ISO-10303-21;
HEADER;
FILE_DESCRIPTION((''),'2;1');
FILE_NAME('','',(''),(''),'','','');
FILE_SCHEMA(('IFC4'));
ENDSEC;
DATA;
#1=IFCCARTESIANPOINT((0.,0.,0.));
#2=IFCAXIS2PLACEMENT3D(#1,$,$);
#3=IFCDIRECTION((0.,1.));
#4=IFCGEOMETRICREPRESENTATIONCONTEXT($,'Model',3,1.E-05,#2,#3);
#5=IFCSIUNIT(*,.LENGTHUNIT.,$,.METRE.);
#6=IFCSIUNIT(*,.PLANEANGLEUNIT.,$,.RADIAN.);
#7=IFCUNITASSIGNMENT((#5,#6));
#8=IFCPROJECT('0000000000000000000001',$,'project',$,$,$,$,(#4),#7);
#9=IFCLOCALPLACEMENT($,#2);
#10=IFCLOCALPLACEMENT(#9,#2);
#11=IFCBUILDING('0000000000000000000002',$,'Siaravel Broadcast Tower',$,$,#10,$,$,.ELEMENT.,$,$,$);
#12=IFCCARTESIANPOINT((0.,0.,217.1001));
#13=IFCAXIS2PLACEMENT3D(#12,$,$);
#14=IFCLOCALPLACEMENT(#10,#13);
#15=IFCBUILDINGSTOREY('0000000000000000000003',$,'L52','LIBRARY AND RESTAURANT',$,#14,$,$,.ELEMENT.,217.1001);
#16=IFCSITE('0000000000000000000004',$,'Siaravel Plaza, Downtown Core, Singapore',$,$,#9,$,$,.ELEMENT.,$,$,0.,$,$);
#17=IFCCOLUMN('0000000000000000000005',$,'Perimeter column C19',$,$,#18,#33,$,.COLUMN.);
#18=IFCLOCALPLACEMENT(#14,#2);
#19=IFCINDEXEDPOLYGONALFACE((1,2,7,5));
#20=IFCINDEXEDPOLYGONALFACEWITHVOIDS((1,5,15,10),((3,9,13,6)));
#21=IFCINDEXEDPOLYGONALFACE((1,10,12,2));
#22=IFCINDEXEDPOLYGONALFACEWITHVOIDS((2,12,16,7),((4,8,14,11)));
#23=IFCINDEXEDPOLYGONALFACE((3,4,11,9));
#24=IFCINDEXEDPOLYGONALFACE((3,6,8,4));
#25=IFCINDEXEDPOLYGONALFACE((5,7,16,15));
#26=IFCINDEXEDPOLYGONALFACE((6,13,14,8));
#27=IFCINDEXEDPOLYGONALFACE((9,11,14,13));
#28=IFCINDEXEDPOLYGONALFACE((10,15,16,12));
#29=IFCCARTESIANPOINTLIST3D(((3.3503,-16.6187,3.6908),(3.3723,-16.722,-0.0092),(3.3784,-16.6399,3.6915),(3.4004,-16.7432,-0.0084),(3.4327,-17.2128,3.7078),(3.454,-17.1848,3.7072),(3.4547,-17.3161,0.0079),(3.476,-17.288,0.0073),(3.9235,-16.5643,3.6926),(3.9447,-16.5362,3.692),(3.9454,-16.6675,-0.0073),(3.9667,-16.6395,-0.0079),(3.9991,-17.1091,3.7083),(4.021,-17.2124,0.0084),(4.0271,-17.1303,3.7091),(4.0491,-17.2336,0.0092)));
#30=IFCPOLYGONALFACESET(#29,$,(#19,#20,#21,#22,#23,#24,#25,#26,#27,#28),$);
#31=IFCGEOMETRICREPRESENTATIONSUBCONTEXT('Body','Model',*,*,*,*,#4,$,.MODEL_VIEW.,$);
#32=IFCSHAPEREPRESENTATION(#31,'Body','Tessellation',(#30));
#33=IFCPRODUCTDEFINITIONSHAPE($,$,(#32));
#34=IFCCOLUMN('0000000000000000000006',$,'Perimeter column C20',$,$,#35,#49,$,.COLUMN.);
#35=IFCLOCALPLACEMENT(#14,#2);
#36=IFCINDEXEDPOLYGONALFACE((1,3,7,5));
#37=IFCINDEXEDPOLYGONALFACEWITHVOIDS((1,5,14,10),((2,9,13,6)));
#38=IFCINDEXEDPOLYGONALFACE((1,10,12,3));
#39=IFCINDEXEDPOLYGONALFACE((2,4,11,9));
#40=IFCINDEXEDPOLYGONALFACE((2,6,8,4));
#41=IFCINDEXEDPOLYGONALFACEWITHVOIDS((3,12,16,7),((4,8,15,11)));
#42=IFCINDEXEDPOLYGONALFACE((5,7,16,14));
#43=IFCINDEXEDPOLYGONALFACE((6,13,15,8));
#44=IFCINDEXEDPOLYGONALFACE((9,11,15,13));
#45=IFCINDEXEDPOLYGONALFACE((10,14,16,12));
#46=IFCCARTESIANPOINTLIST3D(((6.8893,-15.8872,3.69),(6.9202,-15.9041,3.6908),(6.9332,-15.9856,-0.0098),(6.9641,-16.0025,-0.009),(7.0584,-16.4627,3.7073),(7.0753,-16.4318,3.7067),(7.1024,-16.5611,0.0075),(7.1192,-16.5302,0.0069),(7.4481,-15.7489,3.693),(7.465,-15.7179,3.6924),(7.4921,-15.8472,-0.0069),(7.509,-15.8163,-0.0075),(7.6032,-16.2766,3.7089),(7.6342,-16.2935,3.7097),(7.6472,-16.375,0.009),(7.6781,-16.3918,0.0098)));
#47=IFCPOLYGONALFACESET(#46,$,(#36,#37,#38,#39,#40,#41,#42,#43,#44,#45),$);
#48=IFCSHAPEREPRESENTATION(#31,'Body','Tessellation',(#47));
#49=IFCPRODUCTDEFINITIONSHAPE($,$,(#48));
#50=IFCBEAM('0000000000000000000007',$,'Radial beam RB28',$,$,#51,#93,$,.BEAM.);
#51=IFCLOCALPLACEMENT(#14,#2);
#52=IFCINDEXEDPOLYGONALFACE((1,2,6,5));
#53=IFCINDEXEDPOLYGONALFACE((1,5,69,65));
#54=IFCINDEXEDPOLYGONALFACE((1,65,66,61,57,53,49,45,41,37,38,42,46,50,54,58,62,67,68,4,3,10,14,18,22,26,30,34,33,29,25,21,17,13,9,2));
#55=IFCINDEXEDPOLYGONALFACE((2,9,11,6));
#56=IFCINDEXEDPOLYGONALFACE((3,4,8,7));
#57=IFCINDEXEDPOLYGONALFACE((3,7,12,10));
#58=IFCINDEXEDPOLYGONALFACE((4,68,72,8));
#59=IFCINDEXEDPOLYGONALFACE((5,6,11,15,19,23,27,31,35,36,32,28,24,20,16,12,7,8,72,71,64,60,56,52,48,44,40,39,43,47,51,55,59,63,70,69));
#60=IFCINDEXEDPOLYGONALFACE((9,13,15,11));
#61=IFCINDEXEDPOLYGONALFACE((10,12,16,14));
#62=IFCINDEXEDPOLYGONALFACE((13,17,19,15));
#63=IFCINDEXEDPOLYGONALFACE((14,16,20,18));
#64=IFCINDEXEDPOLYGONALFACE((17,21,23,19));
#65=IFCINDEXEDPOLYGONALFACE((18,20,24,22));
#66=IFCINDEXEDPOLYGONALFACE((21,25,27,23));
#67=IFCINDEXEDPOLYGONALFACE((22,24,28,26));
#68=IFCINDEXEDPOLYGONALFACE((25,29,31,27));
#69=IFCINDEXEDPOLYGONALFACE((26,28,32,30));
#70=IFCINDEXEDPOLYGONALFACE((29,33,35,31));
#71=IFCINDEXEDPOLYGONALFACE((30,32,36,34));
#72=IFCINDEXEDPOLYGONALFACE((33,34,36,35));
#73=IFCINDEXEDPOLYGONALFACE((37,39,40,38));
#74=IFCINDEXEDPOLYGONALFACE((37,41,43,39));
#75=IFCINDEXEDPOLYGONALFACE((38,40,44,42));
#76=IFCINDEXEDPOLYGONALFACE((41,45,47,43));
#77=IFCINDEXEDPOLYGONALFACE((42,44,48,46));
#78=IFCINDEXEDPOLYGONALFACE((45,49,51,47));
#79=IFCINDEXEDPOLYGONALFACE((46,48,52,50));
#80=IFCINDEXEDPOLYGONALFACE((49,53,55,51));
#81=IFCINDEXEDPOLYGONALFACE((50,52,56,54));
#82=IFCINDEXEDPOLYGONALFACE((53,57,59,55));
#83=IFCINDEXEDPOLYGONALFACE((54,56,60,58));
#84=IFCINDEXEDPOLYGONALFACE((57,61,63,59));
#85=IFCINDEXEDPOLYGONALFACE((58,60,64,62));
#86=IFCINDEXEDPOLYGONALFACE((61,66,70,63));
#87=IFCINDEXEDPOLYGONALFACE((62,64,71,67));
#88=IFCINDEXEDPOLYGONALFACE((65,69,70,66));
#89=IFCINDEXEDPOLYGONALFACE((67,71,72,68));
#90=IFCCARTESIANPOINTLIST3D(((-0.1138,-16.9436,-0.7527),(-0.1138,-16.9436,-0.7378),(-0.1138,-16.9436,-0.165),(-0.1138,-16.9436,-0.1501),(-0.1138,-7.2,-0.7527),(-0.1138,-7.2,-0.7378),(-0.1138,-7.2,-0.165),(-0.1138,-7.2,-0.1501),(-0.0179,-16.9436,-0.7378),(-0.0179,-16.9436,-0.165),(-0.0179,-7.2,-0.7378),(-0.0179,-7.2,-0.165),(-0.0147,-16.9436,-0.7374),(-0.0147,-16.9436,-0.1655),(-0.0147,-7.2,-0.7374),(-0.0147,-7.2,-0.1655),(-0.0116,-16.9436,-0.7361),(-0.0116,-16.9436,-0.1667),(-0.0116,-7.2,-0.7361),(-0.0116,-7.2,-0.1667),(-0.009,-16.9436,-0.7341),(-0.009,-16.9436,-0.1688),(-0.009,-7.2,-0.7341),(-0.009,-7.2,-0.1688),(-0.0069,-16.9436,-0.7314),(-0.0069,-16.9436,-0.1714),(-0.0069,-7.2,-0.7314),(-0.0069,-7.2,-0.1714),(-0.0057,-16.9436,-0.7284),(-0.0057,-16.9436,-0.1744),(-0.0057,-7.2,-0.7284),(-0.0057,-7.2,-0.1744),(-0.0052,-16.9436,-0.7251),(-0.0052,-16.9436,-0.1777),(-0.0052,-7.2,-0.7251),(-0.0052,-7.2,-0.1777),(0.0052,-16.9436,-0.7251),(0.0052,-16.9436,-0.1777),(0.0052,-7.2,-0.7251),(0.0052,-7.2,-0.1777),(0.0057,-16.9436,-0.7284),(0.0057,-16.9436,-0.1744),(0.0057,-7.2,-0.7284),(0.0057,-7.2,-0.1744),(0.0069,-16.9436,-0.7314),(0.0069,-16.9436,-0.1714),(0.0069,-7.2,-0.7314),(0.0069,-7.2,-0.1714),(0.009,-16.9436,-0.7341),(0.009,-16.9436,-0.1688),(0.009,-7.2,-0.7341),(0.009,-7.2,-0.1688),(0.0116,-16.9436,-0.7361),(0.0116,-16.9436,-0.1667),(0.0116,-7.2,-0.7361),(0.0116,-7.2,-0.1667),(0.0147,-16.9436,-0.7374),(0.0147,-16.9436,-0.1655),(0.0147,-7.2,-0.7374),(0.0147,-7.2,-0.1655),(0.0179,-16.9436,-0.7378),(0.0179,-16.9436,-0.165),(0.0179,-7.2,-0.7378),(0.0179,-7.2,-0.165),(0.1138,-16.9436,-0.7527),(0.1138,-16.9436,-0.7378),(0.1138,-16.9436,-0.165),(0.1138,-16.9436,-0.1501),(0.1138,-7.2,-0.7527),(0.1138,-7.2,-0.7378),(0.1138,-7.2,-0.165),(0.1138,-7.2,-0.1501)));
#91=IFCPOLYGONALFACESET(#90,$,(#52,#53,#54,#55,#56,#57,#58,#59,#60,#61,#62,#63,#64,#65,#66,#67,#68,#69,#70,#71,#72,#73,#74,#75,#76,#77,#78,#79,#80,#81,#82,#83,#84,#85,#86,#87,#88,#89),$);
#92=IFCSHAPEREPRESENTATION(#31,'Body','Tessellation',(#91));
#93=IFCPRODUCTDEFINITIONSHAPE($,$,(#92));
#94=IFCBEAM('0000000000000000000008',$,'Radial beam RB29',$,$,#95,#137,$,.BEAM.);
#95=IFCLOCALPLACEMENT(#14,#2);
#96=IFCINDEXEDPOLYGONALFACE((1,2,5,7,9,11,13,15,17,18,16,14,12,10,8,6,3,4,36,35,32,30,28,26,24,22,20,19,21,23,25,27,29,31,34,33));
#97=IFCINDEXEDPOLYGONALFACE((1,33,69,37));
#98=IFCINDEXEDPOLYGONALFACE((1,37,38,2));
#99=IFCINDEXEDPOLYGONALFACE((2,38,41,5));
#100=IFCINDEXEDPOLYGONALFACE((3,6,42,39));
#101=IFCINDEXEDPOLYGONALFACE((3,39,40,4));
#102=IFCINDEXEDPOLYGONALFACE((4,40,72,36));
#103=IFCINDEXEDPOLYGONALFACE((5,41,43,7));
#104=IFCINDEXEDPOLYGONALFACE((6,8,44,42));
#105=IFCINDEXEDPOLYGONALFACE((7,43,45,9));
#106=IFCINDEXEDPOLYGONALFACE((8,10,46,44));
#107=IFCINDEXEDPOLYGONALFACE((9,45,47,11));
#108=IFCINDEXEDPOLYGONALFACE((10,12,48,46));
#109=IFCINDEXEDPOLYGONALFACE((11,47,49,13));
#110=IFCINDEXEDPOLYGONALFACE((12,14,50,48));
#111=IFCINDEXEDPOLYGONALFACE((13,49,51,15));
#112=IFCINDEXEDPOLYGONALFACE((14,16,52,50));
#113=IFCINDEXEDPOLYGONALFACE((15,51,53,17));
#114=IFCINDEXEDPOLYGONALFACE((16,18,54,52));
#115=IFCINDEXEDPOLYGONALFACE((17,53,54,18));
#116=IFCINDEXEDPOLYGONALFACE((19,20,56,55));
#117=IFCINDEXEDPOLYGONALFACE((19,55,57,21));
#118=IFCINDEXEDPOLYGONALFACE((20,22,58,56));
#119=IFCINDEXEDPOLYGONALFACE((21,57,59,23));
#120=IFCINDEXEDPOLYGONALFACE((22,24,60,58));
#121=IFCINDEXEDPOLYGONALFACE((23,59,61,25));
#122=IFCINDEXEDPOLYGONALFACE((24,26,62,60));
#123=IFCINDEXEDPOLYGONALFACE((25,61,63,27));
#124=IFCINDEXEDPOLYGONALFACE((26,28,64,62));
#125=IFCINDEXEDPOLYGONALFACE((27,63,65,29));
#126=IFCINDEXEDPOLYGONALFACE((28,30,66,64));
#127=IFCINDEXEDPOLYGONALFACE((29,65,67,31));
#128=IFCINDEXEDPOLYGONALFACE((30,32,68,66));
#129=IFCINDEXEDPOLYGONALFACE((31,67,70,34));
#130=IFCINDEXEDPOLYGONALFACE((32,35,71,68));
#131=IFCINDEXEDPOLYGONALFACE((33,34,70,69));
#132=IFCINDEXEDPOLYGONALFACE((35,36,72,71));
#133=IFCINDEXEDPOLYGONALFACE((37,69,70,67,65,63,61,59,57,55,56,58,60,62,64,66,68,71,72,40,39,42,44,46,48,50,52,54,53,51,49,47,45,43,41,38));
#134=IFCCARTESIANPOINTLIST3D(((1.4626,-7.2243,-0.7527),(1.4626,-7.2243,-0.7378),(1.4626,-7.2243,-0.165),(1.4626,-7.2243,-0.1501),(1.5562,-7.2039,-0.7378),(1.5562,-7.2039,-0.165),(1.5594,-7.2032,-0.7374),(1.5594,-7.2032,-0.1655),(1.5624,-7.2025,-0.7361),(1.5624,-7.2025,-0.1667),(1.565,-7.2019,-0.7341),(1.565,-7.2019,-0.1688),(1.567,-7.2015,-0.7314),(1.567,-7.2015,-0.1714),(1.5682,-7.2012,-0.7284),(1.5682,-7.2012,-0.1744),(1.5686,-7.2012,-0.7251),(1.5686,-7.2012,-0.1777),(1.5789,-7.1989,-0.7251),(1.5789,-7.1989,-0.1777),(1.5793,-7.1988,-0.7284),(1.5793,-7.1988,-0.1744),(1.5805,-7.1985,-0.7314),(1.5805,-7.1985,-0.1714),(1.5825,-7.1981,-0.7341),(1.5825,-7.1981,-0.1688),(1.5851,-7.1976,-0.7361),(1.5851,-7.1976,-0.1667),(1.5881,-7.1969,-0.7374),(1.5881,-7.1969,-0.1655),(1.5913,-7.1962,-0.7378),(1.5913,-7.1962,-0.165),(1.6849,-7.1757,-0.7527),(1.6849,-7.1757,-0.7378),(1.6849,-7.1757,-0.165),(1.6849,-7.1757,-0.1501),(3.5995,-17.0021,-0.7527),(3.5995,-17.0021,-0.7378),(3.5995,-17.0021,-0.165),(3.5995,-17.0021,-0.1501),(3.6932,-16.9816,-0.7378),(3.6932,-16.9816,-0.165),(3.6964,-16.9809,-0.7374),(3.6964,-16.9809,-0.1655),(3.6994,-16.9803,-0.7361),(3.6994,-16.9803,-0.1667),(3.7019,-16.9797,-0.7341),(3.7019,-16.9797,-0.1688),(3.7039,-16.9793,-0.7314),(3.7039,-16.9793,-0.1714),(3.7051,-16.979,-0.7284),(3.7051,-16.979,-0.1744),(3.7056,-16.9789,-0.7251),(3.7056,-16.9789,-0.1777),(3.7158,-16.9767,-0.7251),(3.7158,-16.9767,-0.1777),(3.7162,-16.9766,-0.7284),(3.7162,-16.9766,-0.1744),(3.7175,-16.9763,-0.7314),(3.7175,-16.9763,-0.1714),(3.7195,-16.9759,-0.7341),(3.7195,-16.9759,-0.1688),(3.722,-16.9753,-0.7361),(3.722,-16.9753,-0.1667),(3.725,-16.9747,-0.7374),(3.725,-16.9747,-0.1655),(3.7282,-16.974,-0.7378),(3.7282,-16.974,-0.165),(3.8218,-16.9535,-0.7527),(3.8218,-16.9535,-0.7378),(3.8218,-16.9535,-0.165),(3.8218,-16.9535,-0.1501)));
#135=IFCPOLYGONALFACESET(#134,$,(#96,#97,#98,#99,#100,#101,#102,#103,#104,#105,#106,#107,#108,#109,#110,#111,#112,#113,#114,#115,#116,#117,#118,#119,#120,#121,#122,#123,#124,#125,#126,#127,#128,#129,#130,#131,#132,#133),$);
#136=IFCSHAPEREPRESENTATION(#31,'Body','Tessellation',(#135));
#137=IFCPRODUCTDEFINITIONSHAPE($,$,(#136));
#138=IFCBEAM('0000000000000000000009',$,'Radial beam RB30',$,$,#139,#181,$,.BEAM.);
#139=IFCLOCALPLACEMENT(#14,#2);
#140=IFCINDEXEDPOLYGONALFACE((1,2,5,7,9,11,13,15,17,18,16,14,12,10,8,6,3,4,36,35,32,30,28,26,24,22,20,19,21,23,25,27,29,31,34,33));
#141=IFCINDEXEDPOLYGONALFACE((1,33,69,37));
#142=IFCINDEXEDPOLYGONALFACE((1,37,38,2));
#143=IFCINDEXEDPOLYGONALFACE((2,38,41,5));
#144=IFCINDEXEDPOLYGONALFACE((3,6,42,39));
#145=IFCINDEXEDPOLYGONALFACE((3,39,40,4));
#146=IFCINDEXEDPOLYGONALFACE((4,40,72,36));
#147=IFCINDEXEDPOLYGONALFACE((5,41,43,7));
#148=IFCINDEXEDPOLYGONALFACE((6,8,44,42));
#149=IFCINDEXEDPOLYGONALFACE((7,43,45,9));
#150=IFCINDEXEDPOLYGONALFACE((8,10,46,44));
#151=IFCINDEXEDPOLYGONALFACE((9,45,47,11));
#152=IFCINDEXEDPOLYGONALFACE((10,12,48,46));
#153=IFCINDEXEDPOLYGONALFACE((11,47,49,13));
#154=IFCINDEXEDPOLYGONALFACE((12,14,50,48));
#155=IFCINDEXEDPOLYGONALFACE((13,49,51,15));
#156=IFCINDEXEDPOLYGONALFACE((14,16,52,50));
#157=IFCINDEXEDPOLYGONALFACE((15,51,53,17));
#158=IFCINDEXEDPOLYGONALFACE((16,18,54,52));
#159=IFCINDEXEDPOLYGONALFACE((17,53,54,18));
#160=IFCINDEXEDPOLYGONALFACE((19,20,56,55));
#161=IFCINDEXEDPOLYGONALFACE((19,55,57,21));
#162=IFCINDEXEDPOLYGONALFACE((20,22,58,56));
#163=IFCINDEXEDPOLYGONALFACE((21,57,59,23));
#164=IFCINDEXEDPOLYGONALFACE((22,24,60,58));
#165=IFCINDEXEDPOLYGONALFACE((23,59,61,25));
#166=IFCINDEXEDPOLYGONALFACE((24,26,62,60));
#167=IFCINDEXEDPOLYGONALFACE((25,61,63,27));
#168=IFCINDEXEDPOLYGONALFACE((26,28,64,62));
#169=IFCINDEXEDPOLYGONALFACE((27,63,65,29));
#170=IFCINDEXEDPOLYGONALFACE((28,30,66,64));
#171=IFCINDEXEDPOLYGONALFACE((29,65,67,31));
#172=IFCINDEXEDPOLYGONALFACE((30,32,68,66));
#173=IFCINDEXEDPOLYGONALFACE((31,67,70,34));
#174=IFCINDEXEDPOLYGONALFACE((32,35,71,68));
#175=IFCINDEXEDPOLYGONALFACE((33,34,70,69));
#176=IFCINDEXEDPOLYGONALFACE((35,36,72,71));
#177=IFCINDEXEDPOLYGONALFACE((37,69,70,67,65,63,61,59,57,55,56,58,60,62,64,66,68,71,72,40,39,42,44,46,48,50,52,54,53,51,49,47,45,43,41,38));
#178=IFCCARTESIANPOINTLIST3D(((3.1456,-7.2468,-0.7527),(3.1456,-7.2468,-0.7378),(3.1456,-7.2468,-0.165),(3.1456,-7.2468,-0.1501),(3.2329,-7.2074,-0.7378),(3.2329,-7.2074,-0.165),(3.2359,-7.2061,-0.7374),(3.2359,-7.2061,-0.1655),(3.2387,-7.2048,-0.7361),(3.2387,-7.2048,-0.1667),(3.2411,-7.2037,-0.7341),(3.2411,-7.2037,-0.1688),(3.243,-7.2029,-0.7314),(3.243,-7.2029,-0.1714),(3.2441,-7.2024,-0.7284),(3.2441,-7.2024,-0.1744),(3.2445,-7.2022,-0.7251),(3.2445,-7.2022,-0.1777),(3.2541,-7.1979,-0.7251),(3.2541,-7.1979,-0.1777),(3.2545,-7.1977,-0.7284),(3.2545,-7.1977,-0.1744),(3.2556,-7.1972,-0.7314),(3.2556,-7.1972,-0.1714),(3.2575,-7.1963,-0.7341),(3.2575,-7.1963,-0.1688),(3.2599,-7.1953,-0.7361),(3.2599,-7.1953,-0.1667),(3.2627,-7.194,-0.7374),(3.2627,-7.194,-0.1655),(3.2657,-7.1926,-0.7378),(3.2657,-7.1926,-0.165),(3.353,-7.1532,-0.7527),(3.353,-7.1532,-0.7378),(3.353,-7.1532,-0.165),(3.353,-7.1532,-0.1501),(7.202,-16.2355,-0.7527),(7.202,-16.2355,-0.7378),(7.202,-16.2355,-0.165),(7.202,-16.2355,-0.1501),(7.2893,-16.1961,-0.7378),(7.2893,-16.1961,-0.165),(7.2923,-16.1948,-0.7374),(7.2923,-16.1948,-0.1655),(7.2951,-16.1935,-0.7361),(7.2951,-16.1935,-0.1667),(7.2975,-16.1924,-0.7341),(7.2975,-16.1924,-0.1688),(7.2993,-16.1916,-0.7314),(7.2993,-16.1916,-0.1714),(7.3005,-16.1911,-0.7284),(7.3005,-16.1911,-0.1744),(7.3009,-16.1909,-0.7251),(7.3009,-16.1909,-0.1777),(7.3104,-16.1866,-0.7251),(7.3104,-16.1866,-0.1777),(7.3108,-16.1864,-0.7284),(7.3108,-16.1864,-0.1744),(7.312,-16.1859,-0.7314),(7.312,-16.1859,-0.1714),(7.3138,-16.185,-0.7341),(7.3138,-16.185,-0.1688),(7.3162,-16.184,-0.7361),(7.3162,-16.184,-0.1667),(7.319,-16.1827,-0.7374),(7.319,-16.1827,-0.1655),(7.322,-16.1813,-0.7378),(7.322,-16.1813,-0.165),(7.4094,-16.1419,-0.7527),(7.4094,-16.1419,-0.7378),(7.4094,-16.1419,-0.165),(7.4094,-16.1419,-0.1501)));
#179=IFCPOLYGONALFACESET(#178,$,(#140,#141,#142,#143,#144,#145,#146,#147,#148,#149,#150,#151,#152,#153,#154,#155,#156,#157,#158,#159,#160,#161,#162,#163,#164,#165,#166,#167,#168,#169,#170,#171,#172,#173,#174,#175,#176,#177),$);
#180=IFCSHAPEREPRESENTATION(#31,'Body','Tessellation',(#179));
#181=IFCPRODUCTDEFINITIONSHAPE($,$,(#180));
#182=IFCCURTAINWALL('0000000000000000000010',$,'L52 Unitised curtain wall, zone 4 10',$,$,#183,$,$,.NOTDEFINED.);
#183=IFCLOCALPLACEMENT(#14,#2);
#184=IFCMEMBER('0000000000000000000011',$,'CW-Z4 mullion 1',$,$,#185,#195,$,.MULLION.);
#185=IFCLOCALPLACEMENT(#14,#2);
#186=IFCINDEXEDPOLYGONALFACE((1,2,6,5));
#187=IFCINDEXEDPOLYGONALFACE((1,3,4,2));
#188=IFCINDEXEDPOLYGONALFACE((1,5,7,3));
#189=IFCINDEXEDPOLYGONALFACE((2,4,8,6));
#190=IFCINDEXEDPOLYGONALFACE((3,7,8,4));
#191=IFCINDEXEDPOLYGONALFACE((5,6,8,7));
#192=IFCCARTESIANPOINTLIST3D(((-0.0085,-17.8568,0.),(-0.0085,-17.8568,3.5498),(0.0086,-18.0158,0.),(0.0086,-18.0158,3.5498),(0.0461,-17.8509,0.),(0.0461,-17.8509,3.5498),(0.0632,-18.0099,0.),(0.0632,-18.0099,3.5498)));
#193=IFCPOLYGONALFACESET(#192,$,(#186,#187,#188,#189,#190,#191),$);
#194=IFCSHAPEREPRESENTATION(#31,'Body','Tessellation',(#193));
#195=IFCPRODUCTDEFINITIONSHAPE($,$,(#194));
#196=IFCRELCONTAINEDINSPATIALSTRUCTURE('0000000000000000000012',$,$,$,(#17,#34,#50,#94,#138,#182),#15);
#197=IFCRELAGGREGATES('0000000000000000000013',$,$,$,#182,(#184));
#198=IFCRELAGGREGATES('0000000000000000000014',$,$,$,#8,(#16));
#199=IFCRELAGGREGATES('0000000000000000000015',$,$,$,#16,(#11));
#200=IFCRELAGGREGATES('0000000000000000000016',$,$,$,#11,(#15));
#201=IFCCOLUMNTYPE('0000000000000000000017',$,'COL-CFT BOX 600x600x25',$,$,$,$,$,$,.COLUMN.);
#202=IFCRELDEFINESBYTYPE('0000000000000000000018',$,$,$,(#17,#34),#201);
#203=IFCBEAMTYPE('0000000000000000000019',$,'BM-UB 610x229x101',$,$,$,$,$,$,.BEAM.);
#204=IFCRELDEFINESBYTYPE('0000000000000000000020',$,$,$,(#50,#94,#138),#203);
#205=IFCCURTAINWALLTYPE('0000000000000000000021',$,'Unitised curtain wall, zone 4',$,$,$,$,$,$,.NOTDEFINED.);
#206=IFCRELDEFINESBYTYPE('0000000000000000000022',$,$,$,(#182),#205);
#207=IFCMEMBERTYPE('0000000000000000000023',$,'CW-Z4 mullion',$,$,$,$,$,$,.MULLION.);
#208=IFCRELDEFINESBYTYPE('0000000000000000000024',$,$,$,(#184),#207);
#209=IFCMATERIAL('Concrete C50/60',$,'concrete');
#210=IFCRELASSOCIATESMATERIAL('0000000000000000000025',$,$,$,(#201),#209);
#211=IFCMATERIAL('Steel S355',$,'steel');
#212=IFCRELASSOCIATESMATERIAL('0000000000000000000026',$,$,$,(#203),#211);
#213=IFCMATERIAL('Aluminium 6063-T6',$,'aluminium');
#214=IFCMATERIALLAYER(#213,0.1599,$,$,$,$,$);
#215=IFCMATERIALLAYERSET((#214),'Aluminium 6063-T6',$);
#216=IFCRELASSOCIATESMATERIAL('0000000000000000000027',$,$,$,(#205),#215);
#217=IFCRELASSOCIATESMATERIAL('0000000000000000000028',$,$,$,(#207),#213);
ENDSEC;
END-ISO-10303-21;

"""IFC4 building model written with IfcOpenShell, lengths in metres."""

from ifc_helpers import new_model, si_unit, direction, frame, origin, origin_2d, place, context, subcontext, project, spatial, rectangle, hollow_rectangle, i_section, extrude, material, layer, layer_set, material_profile, profile_set, type_object, element, aggregate, save


model = new_model("IFC4")

# Units and contexts
model_context = context("Model", 3, precision=1e-05, world=origin(), true_north=direction((0.0, 1.0)))
body_context = subcontext(model_context, "Body", "Model", "MODEL_VIEW")
ifc_project = project(units=[si_unit("LENGTHUNIT", "METRE"), si_unit("PLANEANGLEUNIT", "RADIAN")], contexts=[model_context])

# Site, building, storey
site_placement = place(None, origin())
site = spatial("IfcSite", under=ifc_project, at=site_placement, Name="Siaravel Plaza, Downtown Core, Singapore", CompositionType="ELEMENT", RefElevation=0.0)
building_placement = place(site_placement, origin())
building = spatial("IfcBuilding", under=site, at=building_placement, Name="Siaravel Broadcast Tower", CompositionType="ELEMENT")
storey_placement = place(building_placement, frame((0.0, 0.0, 217.1001)))
storey = spatial("IfcBuildingStorey", under=building, at=storey_placement, Name="L52", Description="LIBRARY AND RESTAURANT", CompositionType="ELEMENT", Elevation=217.1001)

# Columns
ifc_material_1 = material(Name="Concrete C50/60", Category="concrete")
ifc_material_profile_1 = material_profile(ifc_material_1, hollow_rectangle(XDim=0.6001, YDim=0.6001, WallThickness=0.0249, at=origin_2d()))
ifc_profile_set_1 = profile_set([ifc_material_profile_1], Name="Concrete C50/60")
column_type = type_object("IfcColumnType", Name="COL-CFT BOX 600x600x25", PredefinedType="COLUMN", material=ifc_profile_set_1)
for number, where, z_axis, x_axis, name in (
    (1, (3.7107, -16.9778, 0.0), (-0.005936, 0.0279, 0.999593), (-0.990502, -0.137481, -0.002045), "Perimeter column C19"),
    (2, (7.3057, -16.1887, 0.0), (-0.011872, 0.026581, 0.999576), (-0.959385, -0.282074, -0.003894), "Perimeter column C20"),
):
    element("IfcColumn", number, at=place(storey_placement, frame(where, z_axis=z_axis, x_axis=x_axis)), inside=storey, type_object=column_type, Name=name, PredefinedType="COLUMN", context=body_context, shape_type="SweptSolid", body=[
        extrude(hollow_rectangle(XDim=0.6001, YDim=0.6001, WallThickness=0.0249, at=origin_2d()), origin(), (0.0, 0.0, 1.0), 3.7014),
    ])

# Beams
ifc_material_2 = material(Name="Steel S355", Category="steel")
ifc_material_profile_2 = material_profile(ifc_material_2, i_section(OverallWidth=0.2275, OverallDepth=0.6025, WebThickness=0.0105, FlangeThickness=0.0149, FilletRadius=0.0127, at=origin_2d()))
ifc_profile_set_2 = profile_set([ifc_material_profile_2], Name="Steel S355")
beam_type = type_object("IfcBeamType", Name="BM-UB 610x229x101", PredefinedType="BEAM", material=ifc_profile_set_2)
beam_1_placement = place(storey_placement, frame((0.0, -16.9436, -0.4514), z_axis=(0.0, 1.0, 0.0), x_axis=(-1.0, 0.0, 0.0)))
element("IfcBeam", 3, at=beam_1_placement, inside=storey, type_object=beam_type, Name="Radial beam RB28", PredefinedType="BEAM", context=body_context, shape_type="SweptSolid", body=[
    extrude(i_section(OverallWidth=0.2275, OverallDepth=0.6025, WebThickness=0.0105, FlangeThickness=0.0149, FilletRadius=0.0127, at=origin_2d()), origin(), (0.0, 0.0, 1.0), 9.7437),
])
beam_2_placement = place(storey_placement, frame((3.7107, -16.9778, -0.4514), z_axis=(-0.213512, 0.97694, 0.0), x_axis=(-0.97694, -0.213512, 0.0)))
element("IfcBeam", 4, at=beam_2_placement, inside=storey, type_object=beam_type, Name="Radial beam RB29", PredefinedType="BEAM", context=body_context, shape_type="SweptSolid", body=[
    extrude(i_section(OverallWidth=0.2275, OverallDepth=0.6025, WebThickness=0.0105, FlangeThickness=0.0149, FilletRadius=0.0127, at=origin_2d()), origin(), (0.0, 0.0, 1.0), 10.0085),
])
beam_3_placement = place(storey_placement, frame((7.3057, -16.1887, -0.4514), z_axis=(-0.41133, 0.911486, 0.0), x_axis=(-0.911486, -0.41133, 0.0)))
element("IfcBeam", 5, at=beam_3_placement, inside=storey, type_object=beam_type, Name="Radial beam RB30", PredefinedType="BEAM", context=body_context, shape_type="SweptSolid", body=[
    extrude(i_section(OverallWidth=0.2275, OverallDepth=0.6025, WebThickness=0.0105, FlangeThickness=0.0149, FilletRadius=0.0127, at=origin_2d()), origin(), (0.0, 0.0, 1.0), 9.8616),
])

# Curtain wall, member
ifc_material_3 = material(Name="Aluminium 6063-T6", Category="aluminium")
ifc_layer_1 = layer(ifc_material_3, 0.1599)
ifc_layer_set_1 = layer_set([ifc_layer_1], Name="Aluminium 6063-T6")
curtain_wall_type = type_object("IfcCurtainWallType", Name="Unitised curtain wall, zone 4", PredefinedType="NOTDEFINED", material=ifc_layer_set_1)
curtain_wall_1_placement = place(storey_placement, origin())
curtain_wall_1 = element("IfcCurtainWall", 6, at=curtain_wall_1_placement, inside=storey, type_object=curtain_wall_type, Name="L52 Unitised curtain wall, zone 4 10", PredefinedType="NOTDEFINED")
ifc_material_profile_3 = material_profile(ifc_material_3, rectangle(XDim=0.1599, YDim=0.0549, at=origin_2d()))
ifc_profile_set_3 = profile_set([ifc_material_profile_3], Name="Aluminium 6063-T6")
member_type_1 = type_object("IfcMemberType", Name="CW-Z4 mullion", PredefinedType="MULLION", material=ifc_profile_set_3)
member_1_placement = place(storey_placement, frame((0.0273, -17.9333, 0.0), z_axis=(0.0, 0.0, 1.0), x_axis=(-0.107218, 0.994236, 0.0)))
member_1 = element("IfcMember", 7, at=member_1_placement, type_object=member_type_1, Name="CW-Z4 mullion 1", PredefinedType="MULLION", context=body_context, shape_type="SweptSolid", body=[
    extrude(rectangle(XDim=0.1599, YDim=0.0549, at=origin_2d()), origin(), (0.0, 0.0, 1.0), 3.5498),
])

aggregate(curtain_wall_1, [member_1])

save(model, "model.ifc")
